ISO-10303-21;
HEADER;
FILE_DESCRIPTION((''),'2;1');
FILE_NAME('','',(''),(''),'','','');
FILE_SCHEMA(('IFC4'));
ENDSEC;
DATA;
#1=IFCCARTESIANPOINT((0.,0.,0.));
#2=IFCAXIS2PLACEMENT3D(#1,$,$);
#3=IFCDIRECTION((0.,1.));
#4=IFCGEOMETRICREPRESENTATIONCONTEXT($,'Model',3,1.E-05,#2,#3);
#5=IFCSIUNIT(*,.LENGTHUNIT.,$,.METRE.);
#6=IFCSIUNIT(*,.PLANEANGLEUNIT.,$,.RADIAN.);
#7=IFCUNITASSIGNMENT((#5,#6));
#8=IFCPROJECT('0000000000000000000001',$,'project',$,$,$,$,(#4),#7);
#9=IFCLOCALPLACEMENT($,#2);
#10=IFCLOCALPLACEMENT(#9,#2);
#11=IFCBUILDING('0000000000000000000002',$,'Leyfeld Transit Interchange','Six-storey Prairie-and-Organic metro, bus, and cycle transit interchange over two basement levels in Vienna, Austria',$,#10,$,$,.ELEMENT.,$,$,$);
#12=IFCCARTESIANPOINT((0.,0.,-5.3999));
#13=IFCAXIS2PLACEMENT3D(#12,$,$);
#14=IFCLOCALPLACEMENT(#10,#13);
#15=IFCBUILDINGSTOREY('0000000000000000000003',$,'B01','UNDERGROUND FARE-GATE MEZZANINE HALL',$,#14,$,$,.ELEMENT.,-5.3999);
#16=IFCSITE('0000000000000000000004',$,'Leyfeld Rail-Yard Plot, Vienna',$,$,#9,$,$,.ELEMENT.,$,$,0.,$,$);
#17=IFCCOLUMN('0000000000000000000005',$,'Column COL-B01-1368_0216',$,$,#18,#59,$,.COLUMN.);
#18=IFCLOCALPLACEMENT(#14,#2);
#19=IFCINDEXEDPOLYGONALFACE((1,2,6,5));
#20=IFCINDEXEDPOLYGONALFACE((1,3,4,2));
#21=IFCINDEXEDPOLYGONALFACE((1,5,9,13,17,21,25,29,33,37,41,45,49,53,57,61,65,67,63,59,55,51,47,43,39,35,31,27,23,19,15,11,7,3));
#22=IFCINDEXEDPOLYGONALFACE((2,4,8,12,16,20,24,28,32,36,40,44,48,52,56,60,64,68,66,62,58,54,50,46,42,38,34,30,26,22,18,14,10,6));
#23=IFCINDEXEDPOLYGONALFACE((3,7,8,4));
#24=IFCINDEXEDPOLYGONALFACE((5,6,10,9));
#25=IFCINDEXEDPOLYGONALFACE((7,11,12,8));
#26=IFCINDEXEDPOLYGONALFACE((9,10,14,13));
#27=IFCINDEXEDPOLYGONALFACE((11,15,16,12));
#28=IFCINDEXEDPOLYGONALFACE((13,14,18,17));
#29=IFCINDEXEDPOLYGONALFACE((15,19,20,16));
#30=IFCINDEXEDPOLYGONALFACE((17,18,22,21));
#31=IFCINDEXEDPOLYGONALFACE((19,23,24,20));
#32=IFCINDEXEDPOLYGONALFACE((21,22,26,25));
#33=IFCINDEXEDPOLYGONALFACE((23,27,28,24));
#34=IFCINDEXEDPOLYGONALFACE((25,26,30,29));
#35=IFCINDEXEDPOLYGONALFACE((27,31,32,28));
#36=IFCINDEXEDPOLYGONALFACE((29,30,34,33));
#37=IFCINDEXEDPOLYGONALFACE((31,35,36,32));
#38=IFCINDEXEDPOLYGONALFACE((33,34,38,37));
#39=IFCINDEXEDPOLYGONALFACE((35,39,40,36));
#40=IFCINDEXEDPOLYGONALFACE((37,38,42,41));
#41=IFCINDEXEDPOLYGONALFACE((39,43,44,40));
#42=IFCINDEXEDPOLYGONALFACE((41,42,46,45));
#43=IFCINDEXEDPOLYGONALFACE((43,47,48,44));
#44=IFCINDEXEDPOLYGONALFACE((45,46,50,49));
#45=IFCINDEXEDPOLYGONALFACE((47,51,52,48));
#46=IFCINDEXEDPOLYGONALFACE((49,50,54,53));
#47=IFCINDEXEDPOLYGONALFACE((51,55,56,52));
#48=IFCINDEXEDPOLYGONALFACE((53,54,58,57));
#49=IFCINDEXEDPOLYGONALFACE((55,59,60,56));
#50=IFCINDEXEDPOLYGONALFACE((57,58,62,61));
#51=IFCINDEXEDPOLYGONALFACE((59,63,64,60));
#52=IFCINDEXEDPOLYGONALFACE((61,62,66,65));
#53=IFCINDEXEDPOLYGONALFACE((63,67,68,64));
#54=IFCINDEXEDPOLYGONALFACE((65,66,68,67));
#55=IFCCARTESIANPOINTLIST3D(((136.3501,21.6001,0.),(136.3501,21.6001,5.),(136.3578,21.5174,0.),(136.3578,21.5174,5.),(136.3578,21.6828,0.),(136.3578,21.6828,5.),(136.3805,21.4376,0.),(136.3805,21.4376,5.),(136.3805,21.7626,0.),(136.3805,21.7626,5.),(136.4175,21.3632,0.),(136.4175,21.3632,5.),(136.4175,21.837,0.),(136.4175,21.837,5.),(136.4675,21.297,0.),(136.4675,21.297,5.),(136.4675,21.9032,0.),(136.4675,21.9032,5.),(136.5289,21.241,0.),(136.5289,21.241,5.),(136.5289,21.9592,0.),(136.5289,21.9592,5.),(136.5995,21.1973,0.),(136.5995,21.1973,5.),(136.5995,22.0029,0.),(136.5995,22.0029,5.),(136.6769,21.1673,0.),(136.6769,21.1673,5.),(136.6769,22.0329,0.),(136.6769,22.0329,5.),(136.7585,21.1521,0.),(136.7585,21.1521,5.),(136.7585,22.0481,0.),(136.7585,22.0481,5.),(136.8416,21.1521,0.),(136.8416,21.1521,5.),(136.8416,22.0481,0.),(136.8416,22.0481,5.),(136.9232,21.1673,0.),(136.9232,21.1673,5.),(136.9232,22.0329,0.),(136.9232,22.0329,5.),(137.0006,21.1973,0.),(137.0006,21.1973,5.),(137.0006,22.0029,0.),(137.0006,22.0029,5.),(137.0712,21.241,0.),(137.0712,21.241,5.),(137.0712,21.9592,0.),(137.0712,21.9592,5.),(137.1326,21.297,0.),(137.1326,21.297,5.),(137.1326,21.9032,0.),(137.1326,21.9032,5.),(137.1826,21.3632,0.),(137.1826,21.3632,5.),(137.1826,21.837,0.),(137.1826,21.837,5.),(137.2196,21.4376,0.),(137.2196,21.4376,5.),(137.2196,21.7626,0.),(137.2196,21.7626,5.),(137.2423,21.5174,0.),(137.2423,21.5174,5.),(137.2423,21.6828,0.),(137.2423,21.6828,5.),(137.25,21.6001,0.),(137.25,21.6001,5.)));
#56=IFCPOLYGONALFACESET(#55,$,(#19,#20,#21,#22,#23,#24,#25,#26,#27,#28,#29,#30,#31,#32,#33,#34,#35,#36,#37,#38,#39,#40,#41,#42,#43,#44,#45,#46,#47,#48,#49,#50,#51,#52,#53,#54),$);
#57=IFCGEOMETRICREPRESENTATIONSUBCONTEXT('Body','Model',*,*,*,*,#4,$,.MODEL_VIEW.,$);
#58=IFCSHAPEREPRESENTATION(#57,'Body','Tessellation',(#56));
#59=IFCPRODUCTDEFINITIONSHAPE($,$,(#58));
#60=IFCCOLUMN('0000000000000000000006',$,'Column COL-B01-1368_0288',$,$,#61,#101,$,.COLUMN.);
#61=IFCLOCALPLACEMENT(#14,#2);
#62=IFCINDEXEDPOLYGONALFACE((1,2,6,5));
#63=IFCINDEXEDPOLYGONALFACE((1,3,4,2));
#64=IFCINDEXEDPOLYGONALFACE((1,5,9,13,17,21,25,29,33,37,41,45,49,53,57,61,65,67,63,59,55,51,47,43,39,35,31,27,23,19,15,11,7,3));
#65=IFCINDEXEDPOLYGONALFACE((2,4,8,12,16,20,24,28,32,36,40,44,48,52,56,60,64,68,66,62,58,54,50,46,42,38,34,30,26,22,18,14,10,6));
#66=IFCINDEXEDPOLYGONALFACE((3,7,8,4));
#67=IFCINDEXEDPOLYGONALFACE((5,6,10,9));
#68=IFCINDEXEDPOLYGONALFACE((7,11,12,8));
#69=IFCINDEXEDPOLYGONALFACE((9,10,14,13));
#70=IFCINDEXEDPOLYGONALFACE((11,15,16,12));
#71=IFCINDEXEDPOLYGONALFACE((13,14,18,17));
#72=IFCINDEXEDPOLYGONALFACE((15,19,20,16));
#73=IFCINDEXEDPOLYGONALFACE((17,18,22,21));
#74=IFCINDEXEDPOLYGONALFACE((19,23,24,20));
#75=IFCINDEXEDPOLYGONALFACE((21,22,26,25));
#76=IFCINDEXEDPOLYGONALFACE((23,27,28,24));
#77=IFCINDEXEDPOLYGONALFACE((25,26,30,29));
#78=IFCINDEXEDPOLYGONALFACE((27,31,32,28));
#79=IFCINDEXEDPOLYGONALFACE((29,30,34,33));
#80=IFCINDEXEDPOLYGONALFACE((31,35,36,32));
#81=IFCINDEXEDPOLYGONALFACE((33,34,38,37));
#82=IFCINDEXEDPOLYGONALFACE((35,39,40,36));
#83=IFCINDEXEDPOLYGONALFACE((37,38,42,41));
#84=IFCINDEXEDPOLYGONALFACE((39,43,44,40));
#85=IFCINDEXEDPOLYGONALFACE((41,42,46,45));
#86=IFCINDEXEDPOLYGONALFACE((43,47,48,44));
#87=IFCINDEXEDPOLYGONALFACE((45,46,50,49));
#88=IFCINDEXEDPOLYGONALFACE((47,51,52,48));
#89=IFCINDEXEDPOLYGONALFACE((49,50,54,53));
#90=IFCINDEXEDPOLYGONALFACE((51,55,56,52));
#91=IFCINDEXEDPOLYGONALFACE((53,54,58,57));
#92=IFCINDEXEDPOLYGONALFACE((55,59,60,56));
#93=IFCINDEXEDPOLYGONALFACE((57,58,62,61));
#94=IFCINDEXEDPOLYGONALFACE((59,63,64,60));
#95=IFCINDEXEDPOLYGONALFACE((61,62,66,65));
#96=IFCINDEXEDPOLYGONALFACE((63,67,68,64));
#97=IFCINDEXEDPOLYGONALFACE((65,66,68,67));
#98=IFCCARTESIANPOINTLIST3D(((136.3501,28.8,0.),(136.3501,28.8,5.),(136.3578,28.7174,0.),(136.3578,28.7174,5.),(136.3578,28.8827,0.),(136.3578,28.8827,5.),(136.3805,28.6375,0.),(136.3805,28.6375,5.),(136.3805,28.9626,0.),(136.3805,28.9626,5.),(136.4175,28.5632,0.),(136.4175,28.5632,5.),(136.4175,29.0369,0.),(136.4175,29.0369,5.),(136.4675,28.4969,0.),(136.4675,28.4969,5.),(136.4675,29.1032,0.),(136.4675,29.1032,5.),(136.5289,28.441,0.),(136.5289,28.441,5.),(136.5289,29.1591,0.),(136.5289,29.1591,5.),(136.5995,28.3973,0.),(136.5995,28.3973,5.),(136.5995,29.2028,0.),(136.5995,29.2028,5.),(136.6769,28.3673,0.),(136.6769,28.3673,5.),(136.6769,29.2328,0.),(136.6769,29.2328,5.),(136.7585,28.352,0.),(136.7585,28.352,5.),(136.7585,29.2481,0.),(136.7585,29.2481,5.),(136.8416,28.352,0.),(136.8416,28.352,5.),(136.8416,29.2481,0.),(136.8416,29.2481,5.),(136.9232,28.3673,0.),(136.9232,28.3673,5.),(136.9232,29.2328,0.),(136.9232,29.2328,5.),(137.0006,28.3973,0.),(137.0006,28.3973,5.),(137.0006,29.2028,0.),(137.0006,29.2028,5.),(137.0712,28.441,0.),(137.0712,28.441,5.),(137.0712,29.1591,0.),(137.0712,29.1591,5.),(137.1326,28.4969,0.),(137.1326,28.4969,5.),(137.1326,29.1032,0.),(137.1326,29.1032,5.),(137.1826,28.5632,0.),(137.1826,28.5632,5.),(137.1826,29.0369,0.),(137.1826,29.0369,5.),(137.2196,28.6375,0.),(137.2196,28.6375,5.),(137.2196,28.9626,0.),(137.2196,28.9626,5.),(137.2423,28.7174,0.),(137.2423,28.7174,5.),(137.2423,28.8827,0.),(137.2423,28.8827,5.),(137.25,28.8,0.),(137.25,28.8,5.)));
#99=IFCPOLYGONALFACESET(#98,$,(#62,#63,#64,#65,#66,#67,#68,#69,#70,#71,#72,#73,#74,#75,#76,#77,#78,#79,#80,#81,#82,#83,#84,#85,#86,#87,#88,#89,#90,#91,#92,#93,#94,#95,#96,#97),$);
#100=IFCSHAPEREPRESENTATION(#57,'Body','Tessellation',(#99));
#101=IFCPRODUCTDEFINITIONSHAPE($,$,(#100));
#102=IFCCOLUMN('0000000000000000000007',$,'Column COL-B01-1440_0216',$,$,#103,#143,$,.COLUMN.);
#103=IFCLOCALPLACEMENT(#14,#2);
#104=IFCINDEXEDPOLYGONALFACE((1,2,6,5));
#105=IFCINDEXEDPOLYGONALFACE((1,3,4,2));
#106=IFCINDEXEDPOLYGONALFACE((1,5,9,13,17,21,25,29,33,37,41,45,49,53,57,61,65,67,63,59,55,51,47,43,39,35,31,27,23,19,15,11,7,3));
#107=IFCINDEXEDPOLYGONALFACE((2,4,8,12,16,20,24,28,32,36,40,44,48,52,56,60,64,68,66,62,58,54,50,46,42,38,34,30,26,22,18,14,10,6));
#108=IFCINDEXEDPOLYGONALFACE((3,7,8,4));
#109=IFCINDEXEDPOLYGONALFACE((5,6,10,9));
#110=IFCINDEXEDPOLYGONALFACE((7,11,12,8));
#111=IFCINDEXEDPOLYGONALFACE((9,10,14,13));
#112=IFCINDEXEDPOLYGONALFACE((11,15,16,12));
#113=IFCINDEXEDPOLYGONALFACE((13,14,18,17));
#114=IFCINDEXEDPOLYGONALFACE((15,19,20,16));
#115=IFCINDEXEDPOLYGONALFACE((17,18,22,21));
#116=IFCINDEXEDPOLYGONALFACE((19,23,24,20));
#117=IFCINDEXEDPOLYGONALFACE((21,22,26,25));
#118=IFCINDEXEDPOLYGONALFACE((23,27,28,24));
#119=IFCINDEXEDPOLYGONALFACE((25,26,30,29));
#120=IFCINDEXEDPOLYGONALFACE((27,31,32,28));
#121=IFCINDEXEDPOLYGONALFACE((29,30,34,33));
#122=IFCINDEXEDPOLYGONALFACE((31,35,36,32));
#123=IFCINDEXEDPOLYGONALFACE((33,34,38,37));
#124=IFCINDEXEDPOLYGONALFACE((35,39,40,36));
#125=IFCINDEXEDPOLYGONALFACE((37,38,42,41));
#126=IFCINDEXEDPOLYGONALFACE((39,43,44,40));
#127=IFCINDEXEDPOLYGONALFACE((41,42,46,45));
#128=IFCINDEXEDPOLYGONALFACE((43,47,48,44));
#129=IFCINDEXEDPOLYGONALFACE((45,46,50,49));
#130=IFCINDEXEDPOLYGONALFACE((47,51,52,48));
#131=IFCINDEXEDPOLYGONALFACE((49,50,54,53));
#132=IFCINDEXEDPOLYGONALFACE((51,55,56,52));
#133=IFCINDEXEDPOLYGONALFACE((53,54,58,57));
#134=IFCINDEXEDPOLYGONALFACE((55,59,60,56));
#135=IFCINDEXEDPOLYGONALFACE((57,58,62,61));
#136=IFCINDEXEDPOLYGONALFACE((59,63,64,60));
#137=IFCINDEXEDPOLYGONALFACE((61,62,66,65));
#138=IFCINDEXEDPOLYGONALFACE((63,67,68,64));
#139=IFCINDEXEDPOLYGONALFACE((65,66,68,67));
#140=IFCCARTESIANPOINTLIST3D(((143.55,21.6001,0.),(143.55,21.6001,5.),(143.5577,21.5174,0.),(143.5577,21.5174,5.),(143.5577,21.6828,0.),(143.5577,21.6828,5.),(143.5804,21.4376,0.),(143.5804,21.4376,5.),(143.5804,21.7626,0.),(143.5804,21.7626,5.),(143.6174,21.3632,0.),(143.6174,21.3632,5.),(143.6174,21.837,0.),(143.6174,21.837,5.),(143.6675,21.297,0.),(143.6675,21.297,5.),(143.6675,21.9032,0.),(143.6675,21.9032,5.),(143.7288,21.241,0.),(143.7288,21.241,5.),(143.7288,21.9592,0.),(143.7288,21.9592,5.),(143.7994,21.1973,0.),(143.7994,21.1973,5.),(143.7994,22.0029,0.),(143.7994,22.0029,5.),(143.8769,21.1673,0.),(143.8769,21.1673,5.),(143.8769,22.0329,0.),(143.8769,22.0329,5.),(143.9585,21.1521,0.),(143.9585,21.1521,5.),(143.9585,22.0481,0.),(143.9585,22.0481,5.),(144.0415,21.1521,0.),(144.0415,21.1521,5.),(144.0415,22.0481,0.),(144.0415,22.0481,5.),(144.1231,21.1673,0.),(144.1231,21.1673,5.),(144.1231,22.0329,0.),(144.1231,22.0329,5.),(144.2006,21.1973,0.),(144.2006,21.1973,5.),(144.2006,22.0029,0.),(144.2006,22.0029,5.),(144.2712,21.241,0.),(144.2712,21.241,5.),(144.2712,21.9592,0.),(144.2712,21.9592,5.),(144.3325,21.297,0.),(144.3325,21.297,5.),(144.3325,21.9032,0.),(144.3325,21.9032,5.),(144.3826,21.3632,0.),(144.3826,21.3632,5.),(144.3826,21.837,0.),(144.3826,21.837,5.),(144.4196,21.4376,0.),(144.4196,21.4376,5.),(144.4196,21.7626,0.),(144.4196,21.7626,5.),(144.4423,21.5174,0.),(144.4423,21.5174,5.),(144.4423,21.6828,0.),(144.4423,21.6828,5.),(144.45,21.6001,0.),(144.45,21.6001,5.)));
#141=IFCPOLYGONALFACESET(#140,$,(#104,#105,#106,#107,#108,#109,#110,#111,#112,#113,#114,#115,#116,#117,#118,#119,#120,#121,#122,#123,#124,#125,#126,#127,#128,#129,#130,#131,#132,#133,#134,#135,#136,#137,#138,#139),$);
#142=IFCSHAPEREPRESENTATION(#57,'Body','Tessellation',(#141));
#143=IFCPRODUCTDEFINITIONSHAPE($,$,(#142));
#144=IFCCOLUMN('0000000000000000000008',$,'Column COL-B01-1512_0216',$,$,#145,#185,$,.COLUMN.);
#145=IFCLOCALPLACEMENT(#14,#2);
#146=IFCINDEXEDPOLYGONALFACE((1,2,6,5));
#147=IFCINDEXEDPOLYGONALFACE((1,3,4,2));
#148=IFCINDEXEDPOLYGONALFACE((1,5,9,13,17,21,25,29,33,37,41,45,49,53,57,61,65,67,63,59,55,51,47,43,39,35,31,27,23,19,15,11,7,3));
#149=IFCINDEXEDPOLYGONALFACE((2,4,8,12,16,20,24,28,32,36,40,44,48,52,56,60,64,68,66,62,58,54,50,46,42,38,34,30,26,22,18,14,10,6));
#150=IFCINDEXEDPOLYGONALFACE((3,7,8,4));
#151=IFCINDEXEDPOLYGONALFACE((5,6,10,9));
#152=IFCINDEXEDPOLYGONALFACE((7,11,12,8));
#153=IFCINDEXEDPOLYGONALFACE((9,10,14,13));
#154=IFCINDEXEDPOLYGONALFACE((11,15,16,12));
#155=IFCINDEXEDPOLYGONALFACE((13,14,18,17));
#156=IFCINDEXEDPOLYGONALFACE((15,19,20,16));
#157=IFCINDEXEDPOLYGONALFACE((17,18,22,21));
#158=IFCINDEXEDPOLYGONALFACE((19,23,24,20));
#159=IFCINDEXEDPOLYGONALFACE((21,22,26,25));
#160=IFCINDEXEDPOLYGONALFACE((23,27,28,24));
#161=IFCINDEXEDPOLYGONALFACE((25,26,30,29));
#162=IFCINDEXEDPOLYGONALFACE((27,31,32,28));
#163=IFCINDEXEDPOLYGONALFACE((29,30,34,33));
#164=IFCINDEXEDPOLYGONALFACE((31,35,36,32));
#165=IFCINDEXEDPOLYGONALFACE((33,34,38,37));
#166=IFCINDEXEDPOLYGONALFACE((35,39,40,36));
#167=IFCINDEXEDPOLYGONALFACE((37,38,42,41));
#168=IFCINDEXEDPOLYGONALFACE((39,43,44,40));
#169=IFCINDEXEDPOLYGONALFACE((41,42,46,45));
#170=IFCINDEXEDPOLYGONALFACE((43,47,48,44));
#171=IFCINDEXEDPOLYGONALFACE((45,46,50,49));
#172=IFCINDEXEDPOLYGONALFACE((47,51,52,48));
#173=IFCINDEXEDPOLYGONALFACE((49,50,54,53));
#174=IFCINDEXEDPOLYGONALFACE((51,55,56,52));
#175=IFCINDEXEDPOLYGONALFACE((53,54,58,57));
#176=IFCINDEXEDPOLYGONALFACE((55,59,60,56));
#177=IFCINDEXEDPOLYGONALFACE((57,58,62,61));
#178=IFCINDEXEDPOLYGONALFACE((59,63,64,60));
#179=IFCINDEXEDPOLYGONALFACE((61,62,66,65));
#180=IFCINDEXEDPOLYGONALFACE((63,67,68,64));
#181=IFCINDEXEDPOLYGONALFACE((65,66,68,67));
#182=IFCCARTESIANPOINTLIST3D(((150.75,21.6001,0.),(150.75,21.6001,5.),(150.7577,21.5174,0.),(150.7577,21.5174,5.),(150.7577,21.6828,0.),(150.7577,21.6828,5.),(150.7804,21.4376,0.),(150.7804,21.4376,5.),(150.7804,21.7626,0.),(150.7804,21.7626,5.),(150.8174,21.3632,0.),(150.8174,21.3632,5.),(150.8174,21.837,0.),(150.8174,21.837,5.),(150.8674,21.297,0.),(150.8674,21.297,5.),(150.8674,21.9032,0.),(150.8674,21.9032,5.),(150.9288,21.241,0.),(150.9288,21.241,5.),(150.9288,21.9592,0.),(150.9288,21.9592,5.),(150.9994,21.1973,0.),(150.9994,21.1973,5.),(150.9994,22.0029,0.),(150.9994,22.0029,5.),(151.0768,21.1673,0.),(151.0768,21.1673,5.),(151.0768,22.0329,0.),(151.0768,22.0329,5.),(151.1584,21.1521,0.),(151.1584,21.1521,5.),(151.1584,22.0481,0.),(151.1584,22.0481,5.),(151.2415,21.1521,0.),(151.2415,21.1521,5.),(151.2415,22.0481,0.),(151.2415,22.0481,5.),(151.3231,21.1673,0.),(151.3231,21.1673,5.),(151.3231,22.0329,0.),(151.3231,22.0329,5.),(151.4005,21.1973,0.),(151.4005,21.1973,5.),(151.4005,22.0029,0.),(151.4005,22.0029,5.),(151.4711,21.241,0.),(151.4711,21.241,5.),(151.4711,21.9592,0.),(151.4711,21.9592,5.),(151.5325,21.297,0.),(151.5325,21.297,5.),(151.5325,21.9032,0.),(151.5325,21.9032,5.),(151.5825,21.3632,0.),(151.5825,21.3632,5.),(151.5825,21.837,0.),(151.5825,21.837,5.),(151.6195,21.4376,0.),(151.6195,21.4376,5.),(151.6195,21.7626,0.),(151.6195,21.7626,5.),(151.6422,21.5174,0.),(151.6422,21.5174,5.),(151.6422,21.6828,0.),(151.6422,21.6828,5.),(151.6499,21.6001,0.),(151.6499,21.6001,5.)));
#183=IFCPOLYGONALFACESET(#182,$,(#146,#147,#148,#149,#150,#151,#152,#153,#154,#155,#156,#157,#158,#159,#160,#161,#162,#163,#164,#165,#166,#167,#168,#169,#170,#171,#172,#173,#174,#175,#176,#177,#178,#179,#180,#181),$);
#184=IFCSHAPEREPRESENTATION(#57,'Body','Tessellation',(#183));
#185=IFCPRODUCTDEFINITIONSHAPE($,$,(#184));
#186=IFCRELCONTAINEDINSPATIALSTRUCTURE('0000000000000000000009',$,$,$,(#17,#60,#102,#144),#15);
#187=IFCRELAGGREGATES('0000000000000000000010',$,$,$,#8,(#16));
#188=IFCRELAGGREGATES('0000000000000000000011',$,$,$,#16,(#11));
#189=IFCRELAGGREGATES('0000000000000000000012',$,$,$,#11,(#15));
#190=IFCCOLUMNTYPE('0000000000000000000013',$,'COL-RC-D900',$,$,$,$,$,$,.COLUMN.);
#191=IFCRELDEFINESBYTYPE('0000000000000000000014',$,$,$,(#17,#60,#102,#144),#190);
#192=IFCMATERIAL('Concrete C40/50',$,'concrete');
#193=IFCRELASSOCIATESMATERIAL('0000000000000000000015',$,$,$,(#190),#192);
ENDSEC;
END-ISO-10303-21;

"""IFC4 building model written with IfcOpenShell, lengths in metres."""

from ifc_helpers import new_model, si_unit, direction, frame, origin, origin_2d, place, context, subcontext, project, spatial, circle, extrude, material, material_profile, profile_set, type_object, element, save


model = new_model("IFC4")

# Units and contexts
model_context = context("Model", 3, precision=1e-05, world=origin(), true_north=direction((0.0, 1.0)))
body_context = subcontext(model_context, "Body", "Model", "MODEL_VIEW")
ifc_project = project(units=[si_unit("LENGTHUNIT", "METRE"), si_unit("PLANEANGLEUNIT", "RADIAN")], contexts=[model_context])

# Site, building, storey
site_placement = place(None, origin())
site = spatial("IfcSite", under=ifc_project, at=site_placement, Name="Leyfeld Rail-Yard Plot, Vienna", CompositionType="ELEMENT", RefElevation=0.0)
building_placement = place(site_placement, origin())
building = spatial("IfcBuilding", under=site, at=building_placement, Name="Leyfeld Transit Interchange", Description="Six-storey Prairie-and-Organic metro, bus, and cycle transit interchange over two basement levels in Vienna, Austria", CompositionType="ELEMENT")
storey_placement = place(building_placement, frame((0.0, 0.0, -5.3999)))
storey = spatial("IfcBuildingStorey", under=building, at=storey_placement, Name="B01", Description="UNDERGROUND FARE-GATE MEZZANINE HALL", CompositionType="ELEMENT", Elevation=-5.3999)

# Columns
ifc_material_1 = material(Name="Concrete C40/50", Category="concrete")
ifc_material_profile_1 = material_profile(ifc_material_1, circle(Radius=0.45, at=origin_2d()), Name="RC D900")
ifc_profile_set_1 = profile_set([ifc_material_profile_1], Name="Concrete C40/50")
column_type_1 = type_object("IfcColumnType", Name="COL-RC-D900", PredefinedType="COLUMN", material=ifc_profile_set_1)
for number, where, z_axis, x_axis, name in (
    (1, (136.8, 21.6001, 0.0), (0.0, 0.0, 1.0), (1.0, 0.0, 0.0), "Column COL-B01-1368_0216"),
    (2, (136.8, 28.8, 0.0), (0.0, 0.0, 1.0), (1.0, 0.0, 0.0), "Column COL-B01-1368_0288"),
    (3, (144.0, 21.6001, 0.0), (0.0, 0.0, 1.0), (1.0, 0.0, 0.0), "Column COL-B01-1440_0216"),
    (4, (151.2, 21.6001, 0.0), (0.0, 0.0, 1.0), (1.0, 0.0, 0.0), "Column COL-B01-1512_0216"),
):
    element("IfcColumn", number, at=place(storey_placement, frame(where, z_axis=z_axis, x_axis=x_axis)), inside=storey, type_object=column_type_1, Name=name, PredefinedType="COLUMN", context=body_context, shape_type="SweptSolid", body=[
        extrude(circle(Radius=0.45, at=origin_2d()), origin(), (0.0, 0.0, 1.0), 5.0),
    ])

save(model, "model.ifc")
